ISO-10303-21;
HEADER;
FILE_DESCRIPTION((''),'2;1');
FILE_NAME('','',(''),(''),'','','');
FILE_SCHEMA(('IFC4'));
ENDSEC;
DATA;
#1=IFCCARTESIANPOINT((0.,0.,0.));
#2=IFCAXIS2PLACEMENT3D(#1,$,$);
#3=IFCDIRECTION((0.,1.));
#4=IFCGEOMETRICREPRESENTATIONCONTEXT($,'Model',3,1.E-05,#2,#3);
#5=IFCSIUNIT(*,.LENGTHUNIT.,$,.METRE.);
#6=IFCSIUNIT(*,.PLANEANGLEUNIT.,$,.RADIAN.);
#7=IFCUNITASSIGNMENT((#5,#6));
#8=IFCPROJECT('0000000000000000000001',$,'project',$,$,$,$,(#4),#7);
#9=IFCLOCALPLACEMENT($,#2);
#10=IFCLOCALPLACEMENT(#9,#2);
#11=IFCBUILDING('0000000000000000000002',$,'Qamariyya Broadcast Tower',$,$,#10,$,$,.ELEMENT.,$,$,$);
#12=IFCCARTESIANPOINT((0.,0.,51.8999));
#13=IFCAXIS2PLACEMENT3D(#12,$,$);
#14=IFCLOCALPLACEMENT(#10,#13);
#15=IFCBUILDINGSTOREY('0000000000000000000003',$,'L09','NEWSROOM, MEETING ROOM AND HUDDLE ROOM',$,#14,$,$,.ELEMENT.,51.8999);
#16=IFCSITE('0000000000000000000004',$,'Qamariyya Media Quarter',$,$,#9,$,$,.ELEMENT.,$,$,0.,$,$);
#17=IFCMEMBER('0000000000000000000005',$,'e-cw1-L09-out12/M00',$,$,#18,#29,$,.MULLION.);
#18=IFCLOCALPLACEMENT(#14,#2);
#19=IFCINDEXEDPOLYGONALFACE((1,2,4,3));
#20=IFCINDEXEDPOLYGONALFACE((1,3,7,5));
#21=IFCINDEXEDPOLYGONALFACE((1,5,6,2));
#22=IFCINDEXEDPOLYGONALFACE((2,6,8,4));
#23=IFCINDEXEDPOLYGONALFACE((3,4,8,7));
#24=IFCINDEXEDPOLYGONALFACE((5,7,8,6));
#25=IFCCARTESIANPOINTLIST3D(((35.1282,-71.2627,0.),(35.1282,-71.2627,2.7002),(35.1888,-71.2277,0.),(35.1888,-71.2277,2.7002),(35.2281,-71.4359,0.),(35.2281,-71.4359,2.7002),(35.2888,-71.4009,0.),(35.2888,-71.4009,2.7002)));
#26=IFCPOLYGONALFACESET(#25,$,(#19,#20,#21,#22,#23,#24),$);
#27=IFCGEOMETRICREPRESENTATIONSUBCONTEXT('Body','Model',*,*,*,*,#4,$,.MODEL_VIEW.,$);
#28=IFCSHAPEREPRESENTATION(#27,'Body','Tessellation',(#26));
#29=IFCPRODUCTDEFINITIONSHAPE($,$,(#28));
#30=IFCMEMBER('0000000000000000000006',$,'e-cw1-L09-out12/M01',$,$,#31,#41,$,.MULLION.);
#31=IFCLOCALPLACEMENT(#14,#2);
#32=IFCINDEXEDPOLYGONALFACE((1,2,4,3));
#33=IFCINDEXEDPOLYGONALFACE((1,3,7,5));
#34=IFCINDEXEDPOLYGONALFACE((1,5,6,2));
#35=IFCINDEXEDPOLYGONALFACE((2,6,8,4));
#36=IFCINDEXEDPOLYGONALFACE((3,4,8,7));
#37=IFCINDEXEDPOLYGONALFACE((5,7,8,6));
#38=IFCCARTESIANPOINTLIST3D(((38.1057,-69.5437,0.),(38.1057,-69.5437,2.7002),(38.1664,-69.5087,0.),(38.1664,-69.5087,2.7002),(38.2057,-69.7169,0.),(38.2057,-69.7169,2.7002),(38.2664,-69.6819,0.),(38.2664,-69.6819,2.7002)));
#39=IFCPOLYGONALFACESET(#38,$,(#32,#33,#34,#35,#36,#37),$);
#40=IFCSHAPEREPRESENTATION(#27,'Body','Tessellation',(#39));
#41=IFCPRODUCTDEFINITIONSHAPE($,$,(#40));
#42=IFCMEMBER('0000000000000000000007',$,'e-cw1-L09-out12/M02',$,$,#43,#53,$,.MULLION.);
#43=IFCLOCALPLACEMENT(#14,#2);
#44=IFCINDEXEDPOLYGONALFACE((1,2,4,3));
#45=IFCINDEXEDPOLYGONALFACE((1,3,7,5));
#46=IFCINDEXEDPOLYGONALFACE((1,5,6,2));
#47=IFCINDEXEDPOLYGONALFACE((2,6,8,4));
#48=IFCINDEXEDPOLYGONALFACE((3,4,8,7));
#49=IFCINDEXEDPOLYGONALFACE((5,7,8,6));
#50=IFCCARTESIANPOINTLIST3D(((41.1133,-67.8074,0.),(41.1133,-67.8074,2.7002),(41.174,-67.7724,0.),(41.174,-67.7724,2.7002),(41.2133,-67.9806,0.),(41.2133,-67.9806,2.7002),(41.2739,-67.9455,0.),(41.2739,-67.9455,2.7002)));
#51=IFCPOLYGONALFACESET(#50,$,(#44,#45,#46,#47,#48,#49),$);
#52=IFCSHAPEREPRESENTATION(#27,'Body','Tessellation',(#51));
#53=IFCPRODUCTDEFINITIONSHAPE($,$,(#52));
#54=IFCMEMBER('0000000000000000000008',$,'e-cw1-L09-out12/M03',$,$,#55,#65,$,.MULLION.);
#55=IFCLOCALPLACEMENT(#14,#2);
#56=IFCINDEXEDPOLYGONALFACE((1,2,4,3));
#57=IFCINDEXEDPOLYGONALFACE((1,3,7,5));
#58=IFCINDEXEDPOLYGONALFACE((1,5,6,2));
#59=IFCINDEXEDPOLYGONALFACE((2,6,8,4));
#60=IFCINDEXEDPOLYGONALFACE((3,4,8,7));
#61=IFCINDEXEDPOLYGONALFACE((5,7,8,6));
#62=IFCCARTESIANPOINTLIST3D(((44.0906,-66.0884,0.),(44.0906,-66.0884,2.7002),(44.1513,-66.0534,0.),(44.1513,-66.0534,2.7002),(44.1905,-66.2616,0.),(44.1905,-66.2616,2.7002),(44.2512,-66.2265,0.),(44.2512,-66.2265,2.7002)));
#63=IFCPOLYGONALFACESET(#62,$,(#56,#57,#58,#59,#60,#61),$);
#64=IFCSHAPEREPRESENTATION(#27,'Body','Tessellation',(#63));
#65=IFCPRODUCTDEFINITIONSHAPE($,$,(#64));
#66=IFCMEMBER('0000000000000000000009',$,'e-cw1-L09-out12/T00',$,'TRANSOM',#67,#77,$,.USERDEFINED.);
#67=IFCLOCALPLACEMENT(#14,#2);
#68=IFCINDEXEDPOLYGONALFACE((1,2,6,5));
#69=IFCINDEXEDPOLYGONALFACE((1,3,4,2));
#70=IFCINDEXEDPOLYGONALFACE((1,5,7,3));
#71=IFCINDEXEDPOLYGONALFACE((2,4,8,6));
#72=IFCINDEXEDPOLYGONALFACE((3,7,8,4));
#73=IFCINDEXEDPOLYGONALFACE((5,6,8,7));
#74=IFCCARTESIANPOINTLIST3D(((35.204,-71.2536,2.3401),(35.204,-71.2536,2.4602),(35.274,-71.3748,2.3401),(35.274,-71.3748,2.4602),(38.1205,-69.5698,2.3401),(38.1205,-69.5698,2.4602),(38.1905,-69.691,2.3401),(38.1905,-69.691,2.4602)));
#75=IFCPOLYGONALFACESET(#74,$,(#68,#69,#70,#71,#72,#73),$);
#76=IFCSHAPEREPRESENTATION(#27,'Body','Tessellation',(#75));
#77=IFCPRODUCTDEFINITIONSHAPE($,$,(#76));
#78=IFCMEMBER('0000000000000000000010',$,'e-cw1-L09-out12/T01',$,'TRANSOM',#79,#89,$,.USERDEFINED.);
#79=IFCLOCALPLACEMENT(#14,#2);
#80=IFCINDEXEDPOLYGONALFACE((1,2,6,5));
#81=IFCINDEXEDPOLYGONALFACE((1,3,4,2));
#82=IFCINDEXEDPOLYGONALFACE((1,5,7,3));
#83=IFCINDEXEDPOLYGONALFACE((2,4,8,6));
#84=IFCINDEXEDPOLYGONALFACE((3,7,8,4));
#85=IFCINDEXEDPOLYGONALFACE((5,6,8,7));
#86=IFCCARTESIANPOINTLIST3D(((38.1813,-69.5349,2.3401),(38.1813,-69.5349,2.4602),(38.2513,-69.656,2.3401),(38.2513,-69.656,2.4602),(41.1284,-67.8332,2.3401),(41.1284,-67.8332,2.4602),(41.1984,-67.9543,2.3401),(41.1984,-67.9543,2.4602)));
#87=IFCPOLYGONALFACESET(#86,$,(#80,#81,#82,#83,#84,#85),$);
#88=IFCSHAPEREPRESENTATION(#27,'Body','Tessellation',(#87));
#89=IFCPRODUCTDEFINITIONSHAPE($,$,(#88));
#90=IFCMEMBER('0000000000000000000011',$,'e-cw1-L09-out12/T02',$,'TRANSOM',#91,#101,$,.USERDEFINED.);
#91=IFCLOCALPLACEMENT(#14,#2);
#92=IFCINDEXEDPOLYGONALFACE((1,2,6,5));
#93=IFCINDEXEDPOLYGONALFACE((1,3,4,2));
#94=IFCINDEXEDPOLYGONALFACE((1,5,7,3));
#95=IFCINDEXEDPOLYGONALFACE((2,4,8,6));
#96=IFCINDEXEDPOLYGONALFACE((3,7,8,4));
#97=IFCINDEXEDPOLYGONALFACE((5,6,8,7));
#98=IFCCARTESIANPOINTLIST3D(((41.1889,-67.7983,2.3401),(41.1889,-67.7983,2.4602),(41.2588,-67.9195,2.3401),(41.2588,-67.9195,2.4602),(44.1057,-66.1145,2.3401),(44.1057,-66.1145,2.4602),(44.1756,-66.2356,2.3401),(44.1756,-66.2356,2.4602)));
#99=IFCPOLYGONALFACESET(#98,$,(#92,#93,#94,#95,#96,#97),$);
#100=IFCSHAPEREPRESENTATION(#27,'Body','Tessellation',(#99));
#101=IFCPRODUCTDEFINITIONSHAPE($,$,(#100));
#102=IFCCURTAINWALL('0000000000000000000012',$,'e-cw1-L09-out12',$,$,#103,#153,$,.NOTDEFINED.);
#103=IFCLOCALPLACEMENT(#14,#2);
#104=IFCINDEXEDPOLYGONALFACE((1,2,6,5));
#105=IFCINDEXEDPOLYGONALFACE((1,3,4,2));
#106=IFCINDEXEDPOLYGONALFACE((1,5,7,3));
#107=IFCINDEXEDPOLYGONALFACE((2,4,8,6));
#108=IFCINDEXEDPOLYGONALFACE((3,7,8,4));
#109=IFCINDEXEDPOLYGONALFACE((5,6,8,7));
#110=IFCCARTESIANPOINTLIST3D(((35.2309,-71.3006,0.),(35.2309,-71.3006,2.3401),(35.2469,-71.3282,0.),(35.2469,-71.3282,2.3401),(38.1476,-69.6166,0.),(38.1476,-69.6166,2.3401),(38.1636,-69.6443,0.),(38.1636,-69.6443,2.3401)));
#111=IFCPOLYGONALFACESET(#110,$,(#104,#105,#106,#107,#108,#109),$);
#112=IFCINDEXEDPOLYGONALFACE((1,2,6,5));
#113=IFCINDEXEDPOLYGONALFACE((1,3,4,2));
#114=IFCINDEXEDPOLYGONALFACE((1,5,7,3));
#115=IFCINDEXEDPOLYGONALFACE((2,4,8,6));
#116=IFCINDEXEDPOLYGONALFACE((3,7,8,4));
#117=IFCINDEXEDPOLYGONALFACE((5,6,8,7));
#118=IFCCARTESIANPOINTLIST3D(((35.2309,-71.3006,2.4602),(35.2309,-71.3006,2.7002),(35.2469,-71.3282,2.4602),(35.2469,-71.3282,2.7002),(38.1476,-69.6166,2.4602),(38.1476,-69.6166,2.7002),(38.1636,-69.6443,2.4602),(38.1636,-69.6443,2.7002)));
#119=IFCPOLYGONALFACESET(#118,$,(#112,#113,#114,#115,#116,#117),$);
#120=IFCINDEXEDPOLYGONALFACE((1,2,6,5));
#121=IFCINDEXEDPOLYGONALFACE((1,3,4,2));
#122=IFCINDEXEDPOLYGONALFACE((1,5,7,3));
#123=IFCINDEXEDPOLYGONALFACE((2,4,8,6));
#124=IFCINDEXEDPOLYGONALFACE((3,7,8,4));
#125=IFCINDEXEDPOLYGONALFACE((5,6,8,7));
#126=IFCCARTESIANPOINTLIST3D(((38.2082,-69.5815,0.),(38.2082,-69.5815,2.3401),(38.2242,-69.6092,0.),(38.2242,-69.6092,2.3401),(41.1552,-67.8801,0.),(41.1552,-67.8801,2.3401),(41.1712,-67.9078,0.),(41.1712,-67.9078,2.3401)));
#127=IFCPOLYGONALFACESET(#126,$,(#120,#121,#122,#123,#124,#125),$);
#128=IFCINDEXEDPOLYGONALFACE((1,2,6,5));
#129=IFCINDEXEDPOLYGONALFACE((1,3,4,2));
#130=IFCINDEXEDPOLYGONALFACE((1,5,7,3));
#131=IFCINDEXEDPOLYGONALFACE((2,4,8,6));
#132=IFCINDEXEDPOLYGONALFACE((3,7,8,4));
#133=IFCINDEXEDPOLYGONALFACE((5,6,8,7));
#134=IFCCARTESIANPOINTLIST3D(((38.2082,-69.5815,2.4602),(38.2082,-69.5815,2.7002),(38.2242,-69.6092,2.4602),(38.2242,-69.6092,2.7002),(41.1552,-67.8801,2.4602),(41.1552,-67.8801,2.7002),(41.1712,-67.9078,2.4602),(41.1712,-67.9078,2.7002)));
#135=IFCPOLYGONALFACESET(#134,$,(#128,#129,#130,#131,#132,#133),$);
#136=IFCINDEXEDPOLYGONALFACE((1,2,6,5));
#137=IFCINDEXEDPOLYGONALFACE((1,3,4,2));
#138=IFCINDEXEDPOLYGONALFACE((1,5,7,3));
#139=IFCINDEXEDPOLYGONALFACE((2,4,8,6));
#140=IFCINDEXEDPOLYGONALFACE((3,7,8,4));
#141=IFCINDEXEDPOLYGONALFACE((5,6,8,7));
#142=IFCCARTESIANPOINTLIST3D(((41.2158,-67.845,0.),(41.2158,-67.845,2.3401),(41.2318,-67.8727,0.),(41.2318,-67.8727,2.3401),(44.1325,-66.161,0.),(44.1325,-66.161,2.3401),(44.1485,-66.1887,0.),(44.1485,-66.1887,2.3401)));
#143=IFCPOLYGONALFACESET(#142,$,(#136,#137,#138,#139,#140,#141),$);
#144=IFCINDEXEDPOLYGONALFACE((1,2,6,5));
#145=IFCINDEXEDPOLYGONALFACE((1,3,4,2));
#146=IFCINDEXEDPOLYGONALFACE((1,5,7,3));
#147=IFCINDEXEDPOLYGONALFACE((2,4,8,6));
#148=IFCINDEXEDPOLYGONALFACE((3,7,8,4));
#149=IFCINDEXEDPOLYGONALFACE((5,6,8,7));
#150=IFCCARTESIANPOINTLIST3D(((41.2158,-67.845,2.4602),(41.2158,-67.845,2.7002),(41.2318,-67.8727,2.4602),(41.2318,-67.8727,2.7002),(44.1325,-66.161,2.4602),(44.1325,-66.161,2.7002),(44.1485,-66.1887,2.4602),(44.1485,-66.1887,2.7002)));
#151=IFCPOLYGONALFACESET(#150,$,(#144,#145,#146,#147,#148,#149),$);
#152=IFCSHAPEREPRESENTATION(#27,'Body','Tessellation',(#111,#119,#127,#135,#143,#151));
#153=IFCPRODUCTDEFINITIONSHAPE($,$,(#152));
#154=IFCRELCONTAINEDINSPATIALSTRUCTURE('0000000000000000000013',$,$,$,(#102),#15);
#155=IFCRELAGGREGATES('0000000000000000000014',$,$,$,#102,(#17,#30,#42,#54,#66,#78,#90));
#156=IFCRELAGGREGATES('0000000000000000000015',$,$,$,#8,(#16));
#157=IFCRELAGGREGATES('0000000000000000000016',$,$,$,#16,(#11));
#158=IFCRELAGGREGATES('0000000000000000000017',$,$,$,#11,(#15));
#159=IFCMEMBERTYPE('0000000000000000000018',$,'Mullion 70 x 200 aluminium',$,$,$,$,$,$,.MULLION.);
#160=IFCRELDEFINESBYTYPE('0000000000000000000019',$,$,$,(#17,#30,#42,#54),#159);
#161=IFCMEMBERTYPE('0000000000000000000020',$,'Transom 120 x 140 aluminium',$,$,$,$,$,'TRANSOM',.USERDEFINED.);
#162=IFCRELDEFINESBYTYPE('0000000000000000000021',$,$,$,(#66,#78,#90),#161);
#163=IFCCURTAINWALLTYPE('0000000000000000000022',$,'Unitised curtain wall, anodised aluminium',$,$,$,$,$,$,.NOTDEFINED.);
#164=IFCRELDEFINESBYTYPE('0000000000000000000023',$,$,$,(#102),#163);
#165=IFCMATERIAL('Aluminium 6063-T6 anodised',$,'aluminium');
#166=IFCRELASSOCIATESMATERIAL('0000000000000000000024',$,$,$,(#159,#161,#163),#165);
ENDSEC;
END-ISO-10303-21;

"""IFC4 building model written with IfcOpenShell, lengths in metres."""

from ifc_helpers import new_model, si_unit, direction, frame, origin, origin_2d, place, context, subcontext, project, spatial, rectangle, extrude, material, material_profile, profile_set, type_object, element, aggregate, save


model = new_model("IFC4")

# Units and contexts
model_context = context("Model", 3, precision=1e-05, world=origin(), true_north=direction((0.0, 1.0)))
body_context = subcontext(model_context, "Body", "Model", "MODEL_VIEW")
ifc_project = project(units=[si_unit("LENGTHUNIT", "METRE"), si_unit("PLANEANGLEUNIT", "RADIAN")], contexts=[model_context])

# Members
ifc_material = material(Name="Aluminium 6063-T6 anodised", Category="aluminium")
ifc_material_profile_1 = material_profile(ifc_material, rectangle(XDim=0.2, YDim=0.0701, at=origin_2d()))
ifc_profile_set_1 = profile_set([ifc_material_profile_1], Name="Aluminium 6063-T6 anodised")
member_type_1 = type_object("IfcMemberType", Name="Mullion 70 x 200 aluminium", PredefinedType="MULLION", material=ifc_profile_set_1)
site_placement = place(None, origin())
building_placement = place(site_placement, origin())
storey_placement = place(building_placement, frame((0.0, 0.0, 51.8999)))
member_1_placement = place(storey_placement, frame((35.2085, -71.3318, 0.0), z_axis=(0.0, 0.0, 1.0), x_axis=(-0.5, 0.866025, 0.0)))
member_1 = element("IfcMember", 1, at=member_1_placement, type_object=member_type_1, Name="e-cw1-L09-out12/M00", PredefinedType="MULLION", context=body_context, shape_type="SweptSolid", body=[
    extrude(rectangle(XDim=0.2, YDim=0.0701, at=origin_2d()), origin(), (0.0, 0.0, 1.0), 2.7002),
])
member_2_placement = place(storey_placement, frame((38.186, -69.6128, 0.0), z_axis=(0.0, 0.0, 1.0), x_axis=(-0.5, 0.866025, 0.0)))
member_2 = element("IfcMember", 2, at=member_2_placement, type_object=member_type_1, Name="e-cw1-L09-out12/M01", PredefinedType="MULLION", context=body_context, shape_type="SweptSolid", body=[
    extrude(rectangle(XDim=0.2, YDim=0.0701, at=origin_2d()), origin(), (0.0, 0.0, 1.0), 2.7002),
])
member_3_placement = place(storey_placement, frame((41.1936, -67.8765, 0.0), z_axis=(0.0, 0.0, 1.0), x_axis=(-0.5, 0.866025, 0.0)))
member_3 = element("IfcMember", 3, at=member_3_placement, type_object=member_type_1, Name="e-cw1-L09-out12/M02", PredefinedType="MULLION", context=body_context, shape_type="SweptSolid", body=[
    extrude(rectangle(XDim=0.2, YDim=0.0701, at=origin_2d()), origin(), (0.0, 0.0, 1.0), 2.7002),
])
member_4_placement = place(storey_placement, frame((44.1709, -66.1575, 0.0), z_axis=(0.0, 0.0, 1.0), x_axis=(-0.5, 0.866025, 0.0)))
member_4 = element("IfcMember", 4, at=member_4_placement, type_object=member_type_1, Name="e-cw1-L09-out12/M03", PredefinedType="MULLION", context=body_context, shape_type="SweptSolid", body=[
    extrude(rectangle(XDim=0.2, YDim=0.0701, at=origin_2d()), origin(), (0.0, 0.0, 1.0), 2.7002),
])
ifc_material_profile_2 = material_profile(ifc_material, rectangle(XDim=0.1399, YDim=0.1201, at=origin_2d()))
ifc_profile_set_2 = profile_set([ifc_material_profile_2], Name="Aluminium 6063-T6 anodised")
member_type_2 = type_object("IfcMemberType", Name="Transom 120 x 140 aluminium", ElementType="TRANSOM", PredefinedType="USERDEFINED", material=ifc_profile_set_2)
member_5_placement = place(storey_placement, frame((35.239, -71.3142, 2.4001), z_axis=(0.866026, 0.499999, 0.0), x_axis=(-0.499999, 0.866026, 0.0)))
member_5 = element("IfcMember", 5, at=member_5_placement, type_object=member_type_2, Name="e-cw1-L09-out12/T00", ObjectType="TRANSOM", PredefinedType="USERDEFINED", context=body_context, shape_type="SweptSolid", body=[
    extrude(rectangle(XDim=0.1399, YDim=0.1201, at=origin_2d()), origin(), (0.0, 0.0, 1.0), 3.3677),
])
member_6_placement = place(storey_placement, frame((38.2163, -69.5955, 2.4001), z_axis=(0.866, 0.500043, 0.0), x_axis=(-0.500043, 0.866, 0.0)))
member_6 = element("IfcMember", 6, at=member_6_placement, type_object=member_type_2, Name="e-cw1-L09-out12/T01", ObjectType="TRANSOM", PredefinedType="USERDEFINED", context=body_context, shape_type="SweptSolid", body=[
    extrude(rectangle(XDim=0.1399, YDim=0.1201, at=origin_2d()), origin(), (0.0, 0.0, 1.0), 3.4031),
])
member_7_placement = place(storey_placement, frame((41.2239, -67.8589, 2.4001), z_axis=(0.866044, 0.499967, 0.0), x_axis=(-0.499967, 0.866044, 0.0)))
member_7 = element("IfcMember", 7, at=member_7_placement, type_object=member_type_2, Name="e-cw1-L09-out12/T02", ObjectType="TRANSOM", PredefinedType="USERDEFINED", context=body_context, shape_type="SweptSolid", body=[
    extrude(rectangle(XDim=0.1399, YDim=0.1201, at=origin_2d()), origin(), (0.0, 0.0, 1.0), 3.3679),
])

# Site, building, storey
site = spatial("IfcSite", under=ifc_project, at=site_placement, Name="Qamariyya Media Quarter", CompositionType="ELEMENT", RefElevation=0.0)
building = spatial("IfcBuilding", under=site, at=building_placement, Name="Qamariyya Broadcast Tower", CompositionType="ELEMENT")
storey = spatial("IfcBuildingStorey", under=building, at=storey_placement, Name="L09", Description="NEWSROOM, MEETING ROOM AND HUDDLE ROOM", CompositionType="ELEMENT", Elevation=51.8999)

# Curtain wall
curtain_wall_type = type_object("IfcCurtainWallType", Name="Unitised curtain wall, anodised aluminium", PredefinedType="NOTDEFINED", material=ifc_material)
curtain_wall_1_placement = place(storey_placement, origin())
curtain_wall_1 = element("IfcCurtainWall", 8, at=curtain_wall_1_placement, inside=storey, type_object=curtain_wall_type, Name="e-cw1-L09-out12", PredefinedType="NOTDEFINED", context=body_context, shape_type="SweptSolid", body=[
    extrude(rectangle(XDim=3.3679, YDim=0.032, at=origin_2d()), frame((36.6973, -70.4724, 0.0), x_axis=(0.866022, 0.500005, 0.0)), (0.0, 0.0, 1.0), 2.3401),
    extrude(rectangle(XDim=3.3679, YDim=0.032, at=origin_2d()), frame((36.6973, -70.4724, 2.4602), x_axis=(0.866022, 0.500005, 0.0)), (0.0, 0.0, 1.0), 0.24),
    extrude(rectangle(XDim=3.4028, YDim=0.032, at=origin_2d()), frame((39.6897, -68.7446, 0.0), x_axis=(0.866022, 0.500005, 0.0)), (0.0, 0.0, 1.0), 2.3401),
    extrude(rectangle(XDim=3.4028, YDim=0.032, at=origin_2d()), frame((39.6897, -68.7446, 2.4602), x_axis=(0.866022, 0.500005, 0.0)), (0.0, 0.0, 1.0), 0.24),
    extrude(rectangle(XDim=3.3679, YDim=0.032, at=origin_2d()), frame((42.6821, -67.0168, 0.0), x_axis=(0.866022, 0.500005, 0.0)), (0.0, 0.0, 1.0), 2.3401),
    extrude(rectangle(XDim=3.3679, YDim=0.032, at=origin_2d()), frame((42.6821, -67.0168, 2.4602), x_axis=(0.866022, 0.500005, 0.0)), (0.0, 0.0, 1.0), 0.24),
])
aggregate(curtain_wall_1, [member_1, member_2, member_3, member_4, member_5, member_6, member_7])

save(model, "model.ifc")
